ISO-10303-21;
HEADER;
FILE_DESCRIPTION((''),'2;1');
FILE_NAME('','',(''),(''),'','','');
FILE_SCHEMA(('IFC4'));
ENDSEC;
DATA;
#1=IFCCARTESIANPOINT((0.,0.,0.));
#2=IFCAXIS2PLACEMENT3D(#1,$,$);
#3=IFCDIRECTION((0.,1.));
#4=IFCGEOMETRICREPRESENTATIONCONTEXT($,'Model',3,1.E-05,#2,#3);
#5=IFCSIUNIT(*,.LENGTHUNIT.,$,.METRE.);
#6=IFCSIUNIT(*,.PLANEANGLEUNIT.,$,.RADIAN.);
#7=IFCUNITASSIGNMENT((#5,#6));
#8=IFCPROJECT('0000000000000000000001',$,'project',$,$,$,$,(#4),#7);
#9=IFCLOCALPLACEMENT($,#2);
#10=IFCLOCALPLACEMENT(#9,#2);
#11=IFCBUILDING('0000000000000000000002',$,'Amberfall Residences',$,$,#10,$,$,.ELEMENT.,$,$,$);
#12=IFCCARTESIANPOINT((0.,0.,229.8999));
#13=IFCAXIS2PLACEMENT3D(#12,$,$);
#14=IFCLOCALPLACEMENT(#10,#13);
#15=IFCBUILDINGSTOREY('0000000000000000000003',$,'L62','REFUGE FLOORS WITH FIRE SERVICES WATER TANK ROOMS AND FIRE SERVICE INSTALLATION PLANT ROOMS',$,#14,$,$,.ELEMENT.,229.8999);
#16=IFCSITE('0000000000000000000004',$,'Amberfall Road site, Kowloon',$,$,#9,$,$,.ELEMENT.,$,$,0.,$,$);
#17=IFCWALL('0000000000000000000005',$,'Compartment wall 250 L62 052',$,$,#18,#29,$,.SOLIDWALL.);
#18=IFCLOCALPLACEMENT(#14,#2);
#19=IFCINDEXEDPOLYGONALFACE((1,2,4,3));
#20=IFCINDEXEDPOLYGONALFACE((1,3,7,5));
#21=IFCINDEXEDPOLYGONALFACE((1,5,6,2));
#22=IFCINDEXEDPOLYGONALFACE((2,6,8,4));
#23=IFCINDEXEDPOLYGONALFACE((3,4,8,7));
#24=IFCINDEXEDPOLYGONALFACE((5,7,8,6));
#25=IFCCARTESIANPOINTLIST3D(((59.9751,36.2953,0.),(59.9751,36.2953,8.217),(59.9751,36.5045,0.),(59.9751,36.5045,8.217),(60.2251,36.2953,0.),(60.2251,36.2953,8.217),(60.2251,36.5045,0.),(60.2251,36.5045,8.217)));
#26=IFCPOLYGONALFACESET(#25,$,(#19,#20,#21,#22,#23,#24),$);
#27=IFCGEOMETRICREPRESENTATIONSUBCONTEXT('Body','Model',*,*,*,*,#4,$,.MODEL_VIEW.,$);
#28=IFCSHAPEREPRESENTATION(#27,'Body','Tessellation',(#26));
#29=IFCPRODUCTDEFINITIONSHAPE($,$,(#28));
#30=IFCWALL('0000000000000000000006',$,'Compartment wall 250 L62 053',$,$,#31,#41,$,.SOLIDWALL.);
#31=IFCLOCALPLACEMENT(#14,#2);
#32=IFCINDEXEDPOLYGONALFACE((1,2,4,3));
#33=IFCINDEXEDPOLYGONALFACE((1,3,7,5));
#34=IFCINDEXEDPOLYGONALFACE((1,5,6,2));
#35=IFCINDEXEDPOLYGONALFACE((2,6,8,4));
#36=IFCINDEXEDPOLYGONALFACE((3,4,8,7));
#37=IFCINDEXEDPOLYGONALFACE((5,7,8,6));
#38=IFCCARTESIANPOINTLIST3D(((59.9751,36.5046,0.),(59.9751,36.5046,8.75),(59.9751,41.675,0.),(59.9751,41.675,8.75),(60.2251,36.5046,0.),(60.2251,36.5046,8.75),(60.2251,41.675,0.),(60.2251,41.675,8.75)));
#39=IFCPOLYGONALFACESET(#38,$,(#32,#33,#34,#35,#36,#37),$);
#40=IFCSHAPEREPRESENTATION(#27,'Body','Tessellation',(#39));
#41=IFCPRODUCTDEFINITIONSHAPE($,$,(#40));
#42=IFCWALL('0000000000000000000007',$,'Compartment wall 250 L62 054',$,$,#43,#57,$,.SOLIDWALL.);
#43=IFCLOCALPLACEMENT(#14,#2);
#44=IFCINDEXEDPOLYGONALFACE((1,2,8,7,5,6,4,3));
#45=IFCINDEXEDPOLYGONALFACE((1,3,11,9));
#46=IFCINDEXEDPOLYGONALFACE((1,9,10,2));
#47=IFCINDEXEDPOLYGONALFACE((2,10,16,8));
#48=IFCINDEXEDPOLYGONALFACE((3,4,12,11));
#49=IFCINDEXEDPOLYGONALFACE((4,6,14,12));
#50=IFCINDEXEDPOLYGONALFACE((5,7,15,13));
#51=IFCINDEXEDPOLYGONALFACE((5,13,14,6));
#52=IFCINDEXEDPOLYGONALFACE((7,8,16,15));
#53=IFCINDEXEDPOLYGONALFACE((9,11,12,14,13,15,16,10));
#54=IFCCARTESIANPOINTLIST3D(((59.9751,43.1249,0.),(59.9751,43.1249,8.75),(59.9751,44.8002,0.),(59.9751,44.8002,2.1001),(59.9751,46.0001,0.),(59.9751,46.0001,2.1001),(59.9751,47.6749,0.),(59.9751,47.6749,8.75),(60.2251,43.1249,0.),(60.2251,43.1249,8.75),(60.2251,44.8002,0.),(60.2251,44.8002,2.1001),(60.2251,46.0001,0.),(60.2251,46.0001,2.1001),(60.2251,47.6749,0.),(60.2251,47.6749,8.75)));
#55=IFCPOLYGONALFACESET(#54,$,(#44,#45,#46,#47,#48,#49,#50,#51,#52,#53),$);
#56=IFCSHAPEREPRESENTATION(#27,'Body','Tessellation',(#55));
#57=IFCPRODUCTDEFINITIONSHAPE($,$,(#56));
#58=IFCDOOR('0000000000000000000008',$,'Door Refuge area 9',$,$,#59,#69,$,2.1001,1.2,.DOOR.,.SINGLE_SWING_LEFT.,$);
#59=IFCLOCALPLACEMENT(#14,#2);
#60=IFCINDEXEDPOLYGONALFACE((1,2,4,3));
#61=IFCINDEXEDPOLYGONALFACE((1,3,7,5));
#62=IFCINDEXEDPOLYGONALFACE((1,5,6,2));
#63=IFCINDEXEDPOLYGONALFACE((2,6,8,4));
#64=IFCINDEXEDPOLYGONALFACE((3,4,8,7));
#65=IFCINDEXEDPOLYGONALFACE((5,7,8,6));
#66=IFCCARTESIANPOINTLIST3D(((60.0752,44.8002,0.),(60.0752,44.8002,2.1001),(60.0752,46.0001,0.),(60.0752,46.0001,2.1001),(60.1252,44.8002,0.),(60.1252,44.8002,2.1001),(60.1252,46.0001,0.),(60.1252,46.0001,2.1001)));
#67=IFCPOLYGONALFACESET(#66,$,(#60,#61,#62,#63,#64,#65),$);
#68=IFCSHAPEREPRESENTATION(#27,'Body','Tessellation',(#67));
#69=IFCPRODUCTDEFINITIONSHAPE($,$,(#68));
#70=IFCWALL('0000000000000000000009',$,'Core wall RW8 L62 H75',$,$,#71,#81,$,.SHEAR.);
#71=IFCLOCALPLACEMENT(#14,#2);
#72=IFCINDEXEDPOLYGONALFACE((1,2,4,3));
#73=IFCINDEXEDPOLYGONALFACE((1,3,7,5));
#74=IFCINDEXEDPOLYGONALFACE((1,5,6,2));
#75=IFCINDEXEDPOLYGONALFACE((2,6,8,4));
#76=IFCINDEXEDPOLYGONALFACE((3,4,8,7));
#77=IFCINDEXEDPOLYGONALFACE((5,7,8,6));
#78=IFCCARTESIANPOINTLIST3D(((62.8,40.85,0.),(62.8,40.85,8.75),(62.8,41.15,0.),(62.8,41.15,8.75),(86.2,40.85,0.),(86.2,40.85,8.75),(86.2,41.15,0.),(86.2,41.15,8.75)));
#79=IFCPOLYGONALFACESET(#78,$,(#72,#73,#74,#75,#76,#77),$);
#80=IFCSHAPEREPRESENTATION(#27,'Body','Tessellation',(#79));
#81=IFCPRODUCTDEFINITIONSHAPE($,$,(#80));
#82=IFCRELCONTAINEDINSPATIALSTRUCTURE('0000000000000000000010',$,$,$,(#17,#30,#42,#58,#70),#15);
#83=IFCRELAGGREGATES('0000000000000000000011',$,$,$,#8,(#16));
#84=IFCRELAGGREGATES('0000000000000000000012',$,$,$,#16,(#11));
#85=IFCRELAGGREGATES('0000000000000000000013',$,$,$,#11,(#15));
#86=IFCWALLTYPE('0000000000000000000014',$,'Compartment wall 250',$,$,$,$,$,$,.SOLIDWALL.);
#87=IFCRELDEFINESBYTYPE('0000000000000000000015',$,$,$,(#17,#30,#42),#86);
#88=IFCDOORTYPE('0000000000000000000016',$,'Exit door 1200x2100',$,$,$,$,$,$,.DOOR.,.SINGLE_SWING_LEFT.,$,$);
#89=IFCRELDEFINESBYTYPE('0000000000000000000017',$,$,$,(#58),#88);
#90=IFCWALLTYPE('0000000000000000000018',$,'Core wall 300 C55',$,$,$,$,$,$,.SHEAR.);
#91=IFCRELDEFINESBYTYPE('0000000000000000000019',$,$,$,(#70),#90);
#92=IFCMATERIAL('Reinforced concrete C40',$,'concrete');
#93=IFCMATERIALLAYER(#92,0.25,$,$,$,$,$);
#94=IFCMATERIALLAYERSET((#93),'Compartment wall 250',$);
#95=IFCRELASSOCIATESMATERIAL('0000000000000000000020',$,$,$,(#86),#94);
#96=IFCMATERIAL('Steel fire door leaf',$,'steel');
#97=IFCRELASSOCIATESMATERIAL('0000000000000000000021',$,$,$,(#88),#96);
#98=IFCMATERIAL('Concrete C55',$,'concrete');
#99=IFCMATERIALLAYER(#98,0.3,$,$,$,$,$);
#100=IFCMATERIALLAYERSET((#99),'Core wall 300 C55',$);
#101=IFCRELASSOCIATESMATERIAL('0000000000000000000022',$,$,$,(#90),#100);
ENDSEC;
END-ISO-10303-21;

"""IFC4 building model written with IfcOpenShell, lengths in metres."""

from ifc_helpers import new_model, si_unit, direction, frame, frame_2d, origin, place, context, subcontext, project, spatial, rectangle, extrude, material, layer, layer_set, type_object, element, fill, save


model = new_model("IFC4")

# Units and contexts
model_context = context("Model", 3, precision=1e-05, world=origin(), true_north=direction((0.0, 1.0)))
body_context = subcontext(model_context, "Body", "Model", "MODEL_VIEW")
ifc_project = project(units=[si_unit("LENGTHUNIT", "METRE"), si_unit("PLANEANGLEUNIT", "RADIAN")], contexts=[model_context])

# Site, building, storey
site_placement = place(None, origin())
site = spatial("IfcSite", under=ifc_project, at=site_placement, Name="Amberfall Road site, Kowloon", CompositionType="ELEMENT", RefElevation=0.0)
building_placement = place(site_placement, origin())
building = spatial("IfcBuilding", under=site, at=building_placement, Name="Amberfall Residences", CompositionType="ELEMENT")
storey_placement = place(building_placement, frame((0.0, 0.0, 229.8999)))
storey = spatial("IfcBuildingStorey", under=building, at=storey_placement, Name="L62", Description="REFUGE FLOORS WITH FIRE SERVICES WATER TANK ROOMS AND FIRE SERVICE INSTALLATION PLANT ROOMS", CompositionType="ELEMENT", Elevation=229.8999)

# Walls
ifc_material_1 = material(Name="Reinforced concrete C40", Category="concrete")
ifc_layer_1 = layer(ifc_material_1, 0.25)
ifc_layer_set_1 = layer_set([ifc_layer_1], Name="Compartment wall 250")
wall_type_1 = type_object("IfcWallType", Name="Compartment wall 250", PredefinedType="SOLIDWALL", material=ifc_layer_set_1)
wall_1_placement = place(storey_placement, frame((60.1001, 36.2954, 0.0), z_axis=(0.0, 0.0, 1.0), x_axis=(0.0, 1.0, 0.0)))
element("IfcWall", 1, at=wall_1_placement, inside=storey, type_object=wall_type_1, Name="Compartment wall 250 L62 052", PredefinedType="SOLIDWALL", context=body_context, shape_type="SweptSolid", body=[
    extrude(rectangle(XDim=0.2092, YDim=0.25, at=frame_2d((0.1045, 0.0))), origin(), (0.0, 0.0, 1.0), 8.217),
])
wall_2_placement = place(storey_placement, frame((60.1001, 36.5046, 0.0), z_axis=(0.0, 0.0, 1.0), x_axis=(0.0, 1.0, 0.0)))
element("IfcWall", 2, at=wall_2_placement, inside=storey, type_object=wall_type_1, Name="Compartment wall 250 L62 053", PredefinedType="SOLIDWALL", context=body_context, shape_type="SweptSolid", body=[
    extrude(rectangle(XDim=5.1704, YDim=0.25, at=frame_2d((2.5852, 0.0))), origin(), (0.0, 0.0, 1.0), 8.75),
])

# Wall, opening, door
wall_3_placement = place(storey_placement, frame((60.1001, 43.125, 0.0), z_axis=(0.0, 0.0, 1.0), x_axis=(0.0, 1.0, 0.0)))
wall_3 = element("IfcWall", 3, at=wall_3_placement, inside=storey, type_object=wall_type_1, Name="Compartment wall 250 L62 054", PredefinedType="SOLIDWALL", context=body_context, shape_type="SweptSolid", body=[
    extrude(rectangle(XDim=4.55, YDim=0.25, at=frame_2d((2.2749, 0.0))), origin(), (0.0, 0.0, 1.0), 8.75),
])
opening_1_placement = place(wall_3_placement, frame((1.675, 0.0, 0.0)))
opening_1 = element("IfcOpeningElement", 4, at=opening_1_placement, cuts=wall_3, PredefinedType="OPENING", context=body_context, shape_type="SweptSolid", body=[
    extrude(rectangle(XDim=1.2, YDim=2.1001, at=frame_2d((0.6001, 1.05))), frame((0.0, 0.135, 0.0), z_axis=(0.0, -1.0, 0.0), x_axis=(1.0, 0.0, 0.0)), (0.0, 0.0, 1.0), 0.27),
])
ifc_material_2 = material(Name="Steel fire door leaf", Category="steel")
door_type_1 = type_object("IfcDoorType", Name="Exit door 1200x2100", OperationType="SINGLE_SWING_LEFT", PredefinedType="DOOR", material=ifc_material_2)
door_1_placement = place(opening_1_placement, origin())
door_1 = element("IfcDoor", 5, at=door_1_placement, inside=storey, type_object=door_type_1, Name="Door Refuge area 9", OperationType="SINGLE_SWING_LEFT", OverallHeight=2.1001, OverallWidth=1.2, PredefinedType="DOOR", context=body_context, shape_type="SweptSolid", body=[
    extrude(rectangle(XDim=1.2, YDim=2.1001, at=frame_2d((0.6001, 1.05))), frame((0.0, 0.0249, 0.0), z_axis=(0.0, -1.0, 0.0), x_axis=(1.0, 0.0, 0.0)), (0.0, 0.0, 1.0), 0.05),
])
fill(opening_1, door_1)

# Wall
ifc_material_3 = material(Name="Concrete C55", Category="concrete")
ifc_layer_2 = layer(ifc_material_3, 0.3)
ifc_layer_set_2 = layer_set([ifc_layer_2], Name="Core wall 300 C55")
wall_type_2 = type_object("IfcWallType", Name="Core wall 300 C55", PredefinedType="SHEAR", material=ifc_layer_set_2)
wall_4_placement = place(storey_placement, frame((62.8, 41.0, 0.0), z_axis=(0.0, 0.0, 1.0), x_axis=(1.0, 0.0, 0.0)))
element("IfcWall", 6, at=wall_4_placement, inside=storey, type_object=wall_type_2, Name="Core wall RW8 L62 H75", PredefinedType="SHEAR", context=body_context, shape_type="SweptSolid", body=[
    extrude(rectangle(XDim=23.3999, YDim=0.3, at=frame_2d((11.7, 0.0))), origin(), (0.0, 0.0, 1.0), 8.75),
])

save(model, "model.ifc")
